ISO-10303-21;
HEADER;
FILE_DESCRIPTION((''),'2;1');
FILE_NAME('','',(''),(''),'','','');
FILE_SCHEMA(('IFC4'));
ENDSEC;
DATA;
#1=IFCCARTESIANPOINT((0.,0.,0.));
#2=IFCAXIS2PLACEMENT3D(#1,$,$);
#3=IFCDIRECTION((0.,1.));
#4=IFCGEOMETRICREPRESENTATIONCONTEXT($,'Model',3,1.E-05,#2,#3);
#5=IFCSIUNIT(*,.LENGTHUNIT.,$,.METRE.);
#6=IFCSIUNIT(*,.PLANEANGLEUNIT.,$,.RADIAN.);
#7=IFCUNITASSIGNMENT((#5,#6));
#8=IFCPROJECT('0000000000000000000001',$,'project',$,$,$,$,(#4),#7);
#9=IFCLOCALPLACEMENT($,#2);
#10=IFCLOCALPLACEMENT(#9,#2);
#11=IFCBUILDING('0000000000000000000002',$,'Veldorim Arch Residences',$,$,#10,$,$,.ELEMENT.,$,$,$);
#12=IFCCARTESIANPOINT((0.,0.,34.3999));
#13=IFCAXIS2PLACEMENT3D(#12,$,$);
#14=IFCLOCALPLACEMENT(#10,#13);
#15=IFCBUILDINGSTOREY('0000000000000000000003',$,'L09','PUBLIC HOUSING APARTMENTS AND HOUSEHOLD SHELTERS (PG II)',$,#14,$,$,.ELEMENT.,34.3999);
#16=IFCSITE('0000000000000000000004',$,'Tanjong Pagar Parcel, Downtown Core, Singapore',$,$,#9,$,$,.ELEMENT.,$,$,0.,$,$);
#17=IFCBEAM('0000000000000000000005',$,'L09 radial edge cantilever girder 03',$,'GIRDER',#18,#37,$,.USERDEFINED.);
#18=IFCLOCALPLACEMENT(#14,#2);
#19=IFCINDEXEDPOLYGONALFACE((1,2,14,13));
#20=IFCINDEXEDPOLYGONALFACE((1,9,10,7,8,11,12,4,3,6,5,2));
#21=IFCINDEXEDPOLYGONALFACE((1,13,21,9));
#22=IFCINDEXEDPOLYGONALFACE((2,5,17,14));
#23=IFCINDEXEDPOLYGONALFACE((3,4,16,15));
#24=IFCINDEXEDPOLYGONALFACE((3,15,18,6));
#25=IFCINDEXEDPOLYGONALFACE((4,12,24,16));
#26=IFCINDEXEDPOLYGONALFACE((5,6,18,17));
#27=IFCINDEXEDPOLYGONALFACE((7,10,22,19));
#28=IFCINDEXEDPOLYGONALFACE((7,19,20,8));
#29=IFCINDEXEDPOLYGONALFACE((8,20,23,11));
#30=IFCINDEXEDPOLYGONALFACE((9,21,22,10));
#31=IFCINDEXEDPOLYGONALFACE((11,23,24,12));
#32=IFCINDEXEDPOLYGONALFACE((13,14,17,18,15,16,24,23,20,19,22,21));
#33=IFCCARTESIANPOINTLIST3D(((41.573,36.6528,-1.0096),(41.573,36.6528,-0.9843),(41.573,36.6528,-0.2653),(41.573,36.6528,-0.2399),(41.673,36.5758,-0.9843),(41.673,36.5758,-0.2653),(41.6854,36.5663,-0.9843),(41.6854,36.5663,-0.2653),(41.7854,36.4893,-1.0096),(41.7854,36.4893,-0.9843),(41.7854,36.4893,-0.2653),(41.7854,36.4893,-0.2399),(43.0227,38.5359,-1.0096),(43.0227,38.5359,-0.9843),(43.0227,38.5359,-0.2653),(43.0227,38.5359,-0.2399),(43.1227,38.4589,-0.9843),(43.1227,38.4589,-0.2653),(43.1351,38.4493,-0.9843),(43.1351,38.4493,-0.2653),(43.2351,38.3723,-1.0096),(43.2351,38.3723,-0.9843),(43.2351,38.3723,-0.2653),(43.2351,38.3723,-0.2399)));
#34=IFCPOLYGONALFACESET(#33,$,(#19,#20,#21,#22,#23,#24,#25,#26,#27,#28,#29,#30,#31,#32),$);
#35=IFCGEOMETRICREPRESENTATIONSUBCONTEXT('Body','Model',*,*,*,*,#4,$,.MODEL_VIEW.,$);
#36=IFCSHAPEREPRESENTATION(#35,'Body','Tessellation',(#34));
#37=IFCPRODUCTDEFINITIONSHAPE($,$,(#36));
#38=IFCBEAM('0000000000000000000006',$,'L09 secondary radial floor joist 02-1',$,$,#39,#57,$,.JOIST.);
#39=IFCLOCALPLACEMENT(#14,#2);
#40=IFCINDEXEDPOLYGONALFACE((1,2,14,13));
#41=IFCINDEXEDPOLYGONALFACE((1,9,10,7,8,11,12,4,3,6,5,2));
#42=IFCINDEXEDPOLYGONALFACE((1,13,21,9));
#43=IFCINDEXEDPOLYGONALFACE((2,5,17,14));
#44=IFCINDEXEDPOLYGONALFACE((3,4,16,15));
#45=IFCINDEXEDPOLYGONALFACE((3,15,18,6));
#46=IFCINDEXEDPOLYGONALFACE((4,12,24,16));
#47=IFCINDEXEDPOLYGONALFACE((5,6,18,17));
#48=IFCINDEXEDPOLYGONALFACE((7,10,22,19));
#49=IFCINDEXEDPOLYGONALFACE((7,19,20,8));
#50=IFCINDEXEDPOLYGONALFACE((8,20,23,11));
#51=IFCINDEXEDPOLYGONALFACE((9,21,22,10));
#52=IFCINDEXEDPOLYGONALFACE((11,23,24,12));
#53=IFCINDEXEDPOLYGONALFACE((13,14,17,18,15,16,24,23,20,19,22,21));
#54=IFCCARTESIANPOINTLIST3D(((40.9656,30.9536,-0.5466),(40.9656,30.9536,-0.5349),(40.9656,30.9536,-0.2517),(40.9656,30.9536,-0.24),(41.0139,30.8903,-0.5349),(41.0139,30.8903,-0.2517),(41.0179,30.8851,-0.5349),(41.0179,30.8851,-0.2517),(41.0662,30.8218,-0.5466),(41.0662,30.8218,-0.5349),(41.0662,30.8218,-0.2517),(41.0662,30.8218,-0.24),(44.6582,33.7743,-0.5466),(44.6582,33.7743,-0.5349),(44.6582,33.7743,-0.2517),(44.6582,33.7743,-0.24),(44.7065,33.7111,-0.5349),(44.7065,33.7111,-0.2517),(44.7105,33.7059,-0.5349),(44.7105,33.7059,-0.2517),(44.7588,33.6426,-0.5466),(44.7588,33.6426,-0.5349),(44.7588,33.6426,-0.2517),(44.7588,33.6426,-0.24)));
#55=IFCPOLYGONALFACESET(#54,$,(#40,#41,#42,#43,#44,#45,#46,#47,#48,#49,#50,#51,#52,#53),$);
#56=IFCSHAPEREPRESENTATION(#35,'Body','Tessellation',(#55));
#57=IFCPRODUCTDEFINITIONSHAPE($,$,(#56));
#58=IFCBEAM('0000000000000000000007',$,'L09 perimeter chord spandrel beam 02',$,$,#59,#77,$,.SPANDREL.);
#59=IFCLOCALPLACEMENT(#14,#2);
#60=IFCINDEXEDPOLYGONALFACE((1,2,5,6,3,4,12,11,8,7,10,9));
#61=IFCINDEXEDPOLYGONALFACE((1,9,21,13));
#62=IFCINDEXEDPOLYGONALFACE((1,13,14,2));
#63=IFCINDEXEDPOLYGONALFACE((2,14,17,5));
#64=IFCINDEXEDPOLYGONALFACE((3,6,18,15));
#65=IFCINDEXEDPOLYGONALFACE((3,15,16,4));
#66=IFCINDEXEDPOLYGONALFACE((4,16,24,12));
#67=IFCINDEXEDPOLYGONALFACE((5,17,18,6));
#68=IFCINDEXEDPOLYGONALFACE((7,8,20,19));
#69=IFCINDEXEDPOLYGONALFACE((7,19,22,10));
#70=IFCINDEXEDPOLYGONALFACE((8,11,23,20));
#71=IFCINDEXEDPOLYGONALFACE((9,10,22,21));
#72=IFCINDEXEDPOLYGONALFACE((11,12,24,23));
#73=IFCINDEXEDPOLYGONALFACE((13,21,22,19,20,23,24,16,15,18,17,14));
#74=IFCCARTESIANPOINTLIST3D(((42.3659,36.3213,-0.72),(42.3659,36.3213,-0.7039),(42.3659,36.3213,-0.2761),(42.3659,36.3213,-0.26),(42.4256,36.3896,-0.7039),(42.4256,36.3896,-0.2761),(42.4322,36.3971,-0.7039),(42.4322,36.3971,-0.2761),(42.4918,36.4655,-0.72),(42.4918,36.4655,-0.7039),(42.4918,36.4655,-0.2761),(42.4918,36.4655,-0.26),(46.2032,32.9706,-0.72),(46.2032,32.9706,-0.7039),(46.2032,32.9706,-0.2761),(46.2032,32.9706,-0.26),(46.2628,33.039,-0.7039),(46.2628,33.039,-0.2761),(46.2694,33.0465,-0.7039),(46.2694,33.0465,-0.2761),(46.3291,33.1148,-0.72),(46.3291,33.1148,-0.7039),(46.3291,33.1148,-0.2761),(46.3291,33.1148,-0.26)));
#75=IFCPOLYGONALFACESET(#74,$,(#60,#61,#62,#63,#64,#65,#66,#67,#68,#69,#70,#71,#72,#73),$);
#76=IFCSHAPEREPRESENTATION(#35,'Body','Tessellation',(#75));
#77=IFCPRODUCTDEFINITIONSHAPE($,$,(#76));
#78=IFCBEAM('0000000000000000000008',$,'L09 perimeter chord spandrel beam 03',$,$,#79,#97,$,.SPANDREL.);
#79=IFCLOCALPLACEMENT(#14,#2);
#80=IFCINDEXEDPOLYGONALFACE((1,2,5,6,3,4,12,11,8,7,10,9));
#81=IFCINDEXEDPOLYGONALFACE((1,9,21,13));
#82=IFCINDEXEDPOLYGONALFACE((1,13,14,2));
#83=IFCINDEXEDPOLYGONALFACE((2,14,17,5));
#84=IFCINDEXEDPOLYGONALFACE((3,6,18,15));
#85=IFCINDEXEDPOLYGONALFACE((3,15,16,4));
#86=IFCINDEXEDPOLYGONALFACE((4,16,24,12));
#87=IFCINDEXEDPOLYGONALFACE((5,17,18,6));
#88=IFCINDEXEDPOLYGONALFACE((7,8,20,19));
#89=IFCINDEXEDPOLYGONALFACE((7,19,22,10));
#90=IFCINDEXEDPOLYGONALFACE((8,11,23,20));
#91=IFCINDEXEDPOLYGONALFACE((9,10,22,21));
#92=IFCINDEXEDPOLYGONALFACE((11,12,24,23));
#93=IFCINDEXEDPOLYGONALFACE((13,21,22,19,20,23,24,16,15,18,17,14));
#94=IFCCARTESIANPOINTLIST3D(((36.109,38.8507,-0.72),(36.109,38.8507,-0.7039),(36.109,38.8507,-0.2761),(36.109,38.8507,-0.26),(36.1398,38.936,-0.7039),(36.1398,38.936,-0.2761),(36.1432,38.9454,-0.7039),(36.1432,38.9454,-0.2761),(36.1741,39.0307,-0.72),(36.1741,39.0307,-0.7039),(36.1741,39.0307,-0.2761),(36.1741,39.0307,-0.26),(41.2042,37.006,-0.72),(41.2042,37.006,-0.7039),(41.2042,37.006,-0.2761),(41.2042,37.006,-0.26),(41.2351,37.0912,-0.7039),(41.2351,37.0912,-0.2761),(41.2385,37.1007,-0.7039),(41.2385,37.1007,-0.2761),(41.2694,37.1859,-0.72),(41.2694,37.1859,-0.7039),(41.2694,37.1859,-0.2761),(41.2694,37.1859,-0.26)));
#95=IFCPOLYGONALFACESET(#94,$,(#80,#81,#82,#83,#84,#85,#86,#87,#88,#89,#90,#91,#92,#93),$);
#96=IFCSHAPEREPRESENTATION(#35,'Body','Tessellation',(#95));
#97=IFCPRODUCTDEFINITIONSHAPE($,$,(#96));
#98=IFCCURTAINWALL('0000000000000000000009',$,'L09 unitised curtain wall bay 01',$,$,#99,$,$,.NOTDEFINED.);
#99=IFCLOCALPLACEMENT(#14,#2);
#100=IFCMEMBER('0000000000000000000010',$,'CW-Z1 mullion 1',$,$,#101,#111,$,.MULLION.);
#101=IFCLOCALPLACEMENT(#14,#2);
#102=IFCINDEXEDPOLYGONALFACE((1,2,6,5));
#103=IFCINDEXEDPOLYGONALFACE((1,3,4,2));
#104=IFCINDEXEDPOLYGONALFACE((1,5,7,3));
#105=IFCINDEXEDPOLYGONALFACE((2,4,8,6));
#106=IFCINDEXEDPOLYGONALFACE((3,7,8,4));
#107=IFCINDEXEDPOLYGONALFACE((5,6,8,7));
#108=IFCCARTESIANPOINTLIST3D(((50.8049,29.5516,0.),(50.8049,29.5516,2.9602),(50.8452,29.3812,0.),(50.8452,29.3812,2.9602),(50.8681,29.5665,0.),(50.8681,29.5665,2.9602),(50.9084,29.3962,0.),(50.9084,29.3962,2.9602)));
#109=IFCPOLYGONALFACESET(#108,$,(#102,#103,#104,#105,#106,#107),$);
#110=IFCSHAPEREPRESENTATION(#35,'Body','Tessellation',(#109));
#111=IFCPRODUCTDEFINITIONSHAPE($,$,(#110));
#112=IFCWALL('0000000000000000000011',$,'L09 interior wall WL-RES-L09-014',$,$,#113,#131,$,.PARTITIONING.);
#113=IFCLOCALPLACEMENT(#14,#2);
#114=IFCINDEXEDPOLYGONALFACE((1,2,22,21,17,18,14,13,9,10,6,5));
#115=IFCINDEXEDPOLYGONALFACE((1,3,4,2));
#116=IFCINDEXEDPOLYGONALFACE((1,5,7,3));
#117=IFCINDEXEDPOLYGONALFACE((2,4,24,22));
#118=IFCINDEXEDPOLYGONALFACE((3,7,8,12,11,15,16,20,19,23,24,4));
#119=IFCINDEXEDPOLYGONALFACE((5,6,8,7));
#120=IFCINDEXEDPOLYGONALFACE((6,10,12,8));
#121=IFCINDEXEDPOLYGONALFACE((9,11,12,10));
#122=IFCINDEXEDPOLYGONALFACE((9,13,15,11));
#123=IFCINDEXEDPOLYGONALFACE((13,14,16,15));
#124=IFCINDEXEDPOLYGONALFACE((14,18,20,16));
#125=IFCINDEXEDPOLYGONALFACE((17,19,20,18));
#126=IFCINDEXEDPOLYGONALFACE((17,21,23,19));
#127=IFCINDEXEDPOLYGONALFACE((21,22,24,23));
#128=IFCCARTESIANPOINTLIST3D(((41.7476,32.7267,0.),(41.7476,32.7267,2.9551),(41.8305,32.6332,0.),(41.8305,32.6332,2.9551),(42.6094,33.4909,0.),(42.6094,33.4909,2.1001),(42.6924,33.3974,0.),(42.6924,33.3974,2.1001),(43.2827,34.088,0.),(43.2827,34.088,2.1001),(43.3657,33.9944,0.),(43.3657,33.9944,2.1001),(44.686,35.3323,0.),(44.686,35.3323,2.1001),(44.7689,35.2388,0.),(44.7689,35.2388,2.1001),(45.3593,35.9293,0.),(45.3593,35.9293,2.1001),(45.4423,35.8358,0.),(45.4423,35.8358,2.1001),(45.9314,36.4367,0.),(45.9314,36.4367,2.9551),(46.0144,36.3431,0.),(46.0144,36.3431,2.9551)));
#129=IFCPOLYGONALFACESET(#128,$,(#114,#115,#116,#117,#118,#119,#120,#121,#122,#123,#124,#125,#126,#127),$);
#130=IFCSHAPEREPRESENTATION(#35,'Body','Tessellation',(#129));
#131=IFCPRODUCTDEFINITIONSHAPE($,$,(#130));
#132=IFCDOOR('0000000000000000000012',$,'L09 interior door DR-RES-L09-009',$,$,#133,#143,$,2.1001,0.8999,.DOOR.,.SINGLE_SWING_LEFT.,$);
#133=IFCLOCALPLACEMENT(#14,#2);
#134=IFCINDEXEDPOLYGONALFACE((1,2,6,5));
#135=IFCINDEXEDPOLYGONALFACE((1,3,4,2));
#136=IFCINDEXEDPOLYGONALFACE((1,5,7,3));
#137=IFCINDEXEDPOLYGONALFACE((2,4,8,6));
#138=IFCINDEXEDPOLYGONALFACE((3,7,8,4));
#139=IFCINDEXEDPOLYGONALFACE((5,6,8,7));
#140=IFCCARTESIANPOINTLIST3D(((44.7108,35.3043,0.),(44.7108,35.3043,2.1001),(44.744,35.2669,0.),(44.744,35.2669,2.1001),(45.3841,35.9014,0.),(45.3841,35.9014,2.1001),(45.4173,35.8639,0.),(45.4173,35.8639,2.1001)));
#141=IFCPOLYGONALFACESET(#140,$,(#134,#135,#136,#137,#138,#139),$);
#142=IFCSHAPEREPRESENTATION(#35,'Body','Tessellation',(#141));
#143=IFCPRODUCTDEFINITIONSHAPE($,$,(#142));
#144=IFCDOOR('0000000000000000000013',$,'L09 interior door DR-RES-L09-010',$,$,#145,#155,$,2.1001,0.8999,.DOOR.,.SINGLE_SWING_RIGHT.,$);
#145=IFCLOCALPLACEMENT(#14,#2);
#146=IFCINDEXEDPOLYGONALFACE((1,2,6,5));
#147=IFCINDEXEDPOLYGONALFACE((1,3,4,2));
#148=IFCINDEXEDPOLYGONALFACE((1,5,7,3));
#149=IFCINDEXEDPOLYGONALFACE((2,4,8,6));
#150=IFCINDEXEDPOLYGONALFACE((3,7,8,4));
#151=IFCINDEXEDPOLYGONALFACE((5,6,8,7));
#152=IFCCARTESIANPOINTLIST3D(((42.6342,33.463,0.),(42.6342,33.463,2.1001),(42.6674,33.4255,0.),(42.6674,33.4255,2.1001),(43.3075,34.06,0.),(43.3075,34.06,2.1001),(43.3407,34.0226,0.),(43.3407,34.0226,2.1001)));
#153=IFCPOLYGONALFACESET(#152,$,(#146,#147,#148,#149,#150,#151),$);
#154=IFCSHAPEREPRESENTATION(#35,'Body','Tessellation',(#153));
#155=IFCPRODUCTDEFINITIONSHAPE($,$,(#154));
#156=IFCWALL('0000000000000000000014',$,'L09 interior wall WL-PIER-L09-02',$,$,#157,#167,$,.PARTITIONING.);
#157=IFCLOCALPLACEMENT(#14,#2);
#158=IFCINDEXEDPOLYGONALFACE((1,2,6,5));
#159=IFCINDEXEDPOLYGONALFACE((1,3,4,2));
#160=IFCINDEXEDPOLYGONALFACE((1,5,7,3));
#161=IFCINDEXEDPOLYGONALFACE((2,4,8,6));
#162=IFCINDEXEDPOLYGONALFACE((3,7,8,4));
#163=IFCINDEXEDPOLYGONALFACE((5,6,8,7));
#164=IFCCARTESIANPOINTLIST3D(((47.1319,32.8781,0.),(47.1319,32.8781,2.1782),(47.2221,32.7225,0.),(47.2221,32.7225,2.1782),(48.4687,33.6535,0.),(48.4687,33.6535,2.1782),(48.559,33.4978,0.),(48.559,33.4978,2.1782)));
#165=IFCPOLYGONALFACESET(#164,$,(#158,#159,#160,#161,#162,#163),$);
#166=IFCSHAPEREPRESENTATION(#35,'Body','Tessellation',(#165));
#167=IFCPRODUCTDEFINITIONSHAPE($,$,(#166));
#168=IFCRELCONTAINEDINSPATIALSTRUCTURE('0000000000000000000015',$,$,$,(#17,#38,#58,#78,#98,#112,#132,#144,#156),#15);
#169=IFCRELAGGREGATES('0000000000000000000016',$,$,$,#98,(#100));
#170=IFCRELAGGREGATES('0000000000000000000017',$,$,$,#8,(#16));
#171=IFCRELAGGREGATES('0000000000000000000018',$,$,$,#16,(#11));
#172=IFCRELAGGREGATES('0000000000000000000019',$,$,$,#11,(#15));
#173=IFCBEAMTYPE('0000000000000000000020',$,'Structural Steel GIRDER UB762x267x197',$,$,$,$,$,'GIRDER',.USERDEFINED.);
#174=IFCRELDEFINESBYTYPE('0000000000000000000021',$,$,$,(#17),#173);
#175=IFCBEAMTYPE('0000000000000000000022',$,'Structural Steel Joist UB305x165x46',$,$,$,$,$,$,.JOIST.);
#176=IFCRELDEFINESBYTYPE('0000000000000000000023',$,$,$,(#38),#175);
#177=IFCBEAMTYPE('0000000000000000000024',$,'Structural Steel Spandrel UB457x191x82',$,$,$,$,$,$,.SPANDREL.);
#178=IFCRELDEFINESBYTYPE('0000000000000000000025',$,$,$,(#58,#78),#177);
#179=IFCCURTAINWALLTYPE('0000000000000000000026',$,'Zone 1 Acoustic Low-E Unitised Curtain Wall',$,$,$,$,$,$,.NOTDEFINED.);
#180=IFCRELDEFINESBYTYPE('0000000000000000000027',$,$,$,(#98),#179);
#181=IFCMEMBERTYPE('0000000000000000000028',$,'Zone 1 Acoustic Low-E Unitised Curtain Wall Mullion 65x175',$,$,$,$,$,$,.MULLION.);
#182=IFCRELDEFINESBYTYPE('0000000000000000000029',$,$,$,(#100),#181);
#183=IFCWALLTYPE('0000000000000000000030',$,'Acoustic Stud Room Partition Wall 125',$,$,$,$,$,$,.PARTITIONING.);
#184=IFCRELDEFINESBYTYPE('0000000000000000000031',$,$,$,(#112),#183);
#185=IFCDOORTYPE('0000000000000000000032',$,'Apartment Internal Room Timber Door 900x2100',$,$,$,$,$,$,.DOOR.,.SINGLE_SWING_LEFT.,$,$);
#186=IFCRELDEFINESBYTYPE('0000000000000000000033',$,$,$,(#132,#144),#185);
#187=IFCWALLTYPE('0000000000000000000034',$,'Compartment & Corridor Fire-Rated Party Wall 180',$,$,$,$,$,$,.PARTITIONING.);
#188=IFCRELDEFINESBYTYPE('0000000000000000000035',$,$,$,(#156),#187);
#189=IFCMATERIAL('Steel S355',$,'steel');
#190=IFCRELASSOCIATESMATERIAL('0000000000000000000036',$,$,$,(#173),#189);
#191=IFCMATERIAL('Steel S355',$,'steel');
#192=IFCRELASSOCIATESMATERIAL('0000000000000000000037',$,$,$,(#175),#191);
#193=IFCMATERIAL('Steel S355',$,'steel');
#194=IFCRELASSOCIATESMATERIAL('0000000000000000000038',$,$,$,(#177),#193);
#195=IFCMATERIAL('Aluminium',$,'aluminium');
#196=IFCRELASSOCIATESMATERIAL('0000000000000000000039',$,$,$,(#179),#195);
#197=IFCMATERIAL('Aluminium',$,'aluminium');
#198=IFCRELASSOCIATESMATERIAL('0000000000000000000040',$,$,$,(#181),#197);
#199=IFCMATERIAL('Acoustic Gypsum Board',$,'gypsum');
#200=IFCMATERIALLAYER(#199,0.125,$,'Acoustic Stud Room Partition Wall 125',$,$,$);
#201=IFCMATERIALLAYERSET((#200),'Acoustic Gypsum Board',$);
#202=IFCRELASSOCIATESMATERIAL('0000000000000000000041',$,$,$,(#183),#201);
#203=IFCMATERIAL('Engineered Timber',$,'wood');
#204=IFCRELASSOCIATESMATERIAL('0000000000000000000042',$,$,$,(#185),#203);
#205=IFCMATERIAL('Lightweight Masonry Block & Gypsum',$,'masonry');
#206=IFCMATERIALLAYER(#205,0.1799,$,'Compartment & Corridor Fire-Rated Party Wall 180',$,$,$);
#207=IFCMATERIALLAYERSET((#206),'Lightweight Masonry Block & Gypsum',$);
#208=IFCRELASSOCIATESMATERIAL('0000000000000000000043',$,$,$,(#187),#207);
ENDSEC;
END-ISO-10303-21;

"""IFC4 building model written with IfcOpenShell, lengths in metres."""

from ifc_helpers import new_model, si_unit, direction, frame, frame_2d, origin, origin_2d, place, context, subcontext, project, spatial, rectangle, i_section, extrude, material, layer, layer_set, material_profile, profile_set, type_object, element, fill, aggregate, save


model = new_model("IFC4")

# Units and contexts
model_context = context("Model", 3, precision=1e-05, world=origin(), true_north=direction((0.0, 1.0)))
body_context = subcontext(model_context, "Body", "Model", "MODEL_VIEW")
ifc_project = project(units=[si_unit("LENGTHUNIT", "METRE"), si_unit("PLANEANGLEUNIT", "RADIAN")], contexts=[model_context])

# Site, building, storey
site_placement = place(None, origin())
site = spatial("IfcSite", under=ifc_project, at=site_placement, Name="Tanjong Pagar Parcel, Downtown Core, Singapore", CompositionType="ELEMENT", RefElevation=0.0)
building_placement = place(site_placement, origin())
building = spatial("IfcBuilding", under=site, at=building_placement, Name="Veldorim Arch Residences", CompositionType="ELEMENT")
storey_placement = place(building_placement, frame((0.0, 0.0, 34.3999)))
storey = spatial("IfcBuildingStorey", under=building, at=storey_placement, Name="L09", Description="PUBLIC HOUSING APARTMENTS AND HOUSEHOLD SHELTERS (PG II)", CompositionType="ELEMENT", Elevation=34.3999)

# Beams
ifc_material_1 = material(Name="Steel S355", Category="steel")
ifc_material_profile_1 = material_profile(ifc_material_1, i_section(OverallWidth=0.2681, OverallDepth=0.7698, WebThickness=0.0156, FlangeThickness=0.0254, at=origin_2d()), Name="UB762x267x197")
ifc_profile_set_1 = profile_set([ifc_material_profile_1], Name="Steel S355")
beam_type_1 = type_object("IfcBeamType", Name="Structural Steel GIRDER UB762x267x197", ElementType="GIRDER", PredefinedType="USERDEFINED", material=ifc_profile_set_1)
beam_1_placement = place(storey_placement, frame((41.6792, 36.571, -0.6248), z_axis=(0.610028, 0.79238, 0.0), x_axis=(-0.79238, 0.610028, 0.0)))
element("IfcBeam", 1, at=beam_1_placement, inside=storey, type_object=beam_type_1, Name="L09 radial edge cantilever girder 03", ObjectType="GIRDER", PredefinedType="USERDEFINED", context=body_context, shape_type="SweptSolid", body=[
    extrude(i_section(OverallWidth=0.2681, OverallDepth=0.7698, WebThickness=0.0156, FlangeThickness=0.0254, at=origin_2d()), origin(), (0.0, 0.0, 1.0), 2.3765),
])
ifc_material_2 = material(Name="Steel S355", Category="steel")
ifc_material_profile_2 = material_profile(ifc_material_2, i_section(OverallWidth=0.1658, OverallDepth=0.3066, WebThickness=0.0066, FlangeThickness=0.0117, at=origin_2d()), Name="UB305x165x46")
ifc_profile_set_2 = profile_set([ifc_material_profile_2], Name="Steel S355")
beam_type_2 = type_object("IfcBeamType", Name="Structural Steel Joist UB305x165x46", PredefinedType="JOIST", material=ifc_profile_set_2)
beam_2_placement = place(storey_placement, frame((41.0159, 30.8877, -0.3933), z_axis=(0.794666, 0.607046, 0.0), x_axis=(-0.607046, 0.794666, 0.0)))
element("IfcBeam", 2, at=beam_2_placement, inside=storey, type_object=beam_type_2, Name="L09 secondary radial floor joist 02-1", PredefinedType="JOIST", context=body_context, shape_type="SweptSolid", body=[
    extrude(i_section(OverallWidth=0.1658, OverallDepth=0.3066, WebThickness=0.0066, FlangeThickness=0.0117, at=origin_2d()), origin(), (0.0, 0.0, 1.0), 4.6467),
])
ifc_material_3 = material(Name="Steel S355", Category="steel")
ifc_material_profile_3 = material_profile(ifc_material_3, i_section(OverallWidth=0.1914, OverallDepth=0.46, WebThickness=0.01, FlangeThickness=0.0161, at=origin_2d()), Name="UB457x191x82")
ifc_profile_set_3 = profile_set([ifc_material_profile_3], Name="Steel S355")
beam_type_3 = type_object("IfcBeamType", Name="Structural Steel Spandrel UB457x191x82", PredefinedType="SPANDREL", material=ifc_profile_set_3)
beam_3_placement = place(storey_placement, frame((46.2661, 33.0427, -0.49), z_axis=(-0.75325, 0.657734, 0.0), x_axis=(-0.657734, -0.75325, 0.0)))
element("IfcBeam", 3, at=beam_3_placement, inside=storey, type_object=beam_type_3, Name="L09 perimeter chord spandrel beam 02", PredefinedType="SPANDREL", context=body_context, shape_type="SweptSolid", body=[
    extrude(i_section(OverallWidth=0.1914, OverallDepth=0.46, WebThickness=0.01, FlangeThickness=0.0161, at=origin_2d()), origin(), (0.0, 0.0, 1.0), 5.0942),
])
beam_4_placement = place(storey_placement, frame((41.2368, 37.0959, -0.49), z_axis=(-0.940271, 0.340426, 0.0), x_axis=(-0.340426, -0.940271, 0.0)))
element("IfcBeam", 4, at=beam_4_placement, inside=storey, type_object=beam_type_3, Name="L09 perimeter chord spandrel beam 03", PredefinedType="SPANDREL", context=body_context, shape_type="SweptSolid", body=[
    extrude(i_section(OverallWidth=0.1914, OverallDepth=0.46, WebThickness=0.01, FlangeThickness=0.0161, at=origin_2d()), origin(), (0.0, 0.0, 1.0), 5.4189),
])

# Curtain wall, member
ifc_material_4 = material(Name="Aluminium", Category="aluminium")
curtain_wall_type = type_object("IfcCurtainWallType", Name="Zone 1 Acoustic Low-E Unitised Curtain Wall", PredefinedType="NOTDEFINED", material=ifc_material_4)
curtain_wall_placement = place(storey_placement, origin())
curtain_wall = element("IfcCurtainWall", 5, at=curtain_wall_placement, inside=storey, type_object=curtain_wall_type, Name="L09 unitised curtain wall bay 01", PredefinedType="NOTDEFINED")
ifc_material_5 = material(Name="Aluminium", Category="aluminium")
ifc_material_profile_4 = material_profile(ifc_material_5, rectangle(XDim=0.0649, YDim=0.175, at=origin_2d()), Name="ALU_MUL_65x175")
ifc_profile_set_4 = profile_set([ifc_material_profile_4], Name="Aluminium")
member_type = type_object("IfcMemberType", Name="Zone 1 Acoustic Low-E Unitised Curtain Wall Mullion 65x175", PredefinedType="MULLION", material=ifc_profile_set_4)
member_placement = place(storey_placement, frame((50.8567, 29.4739, 0.0), z_axis=(0.0, 0.0, 1.0), x_axis=(0.97313, 0.230257, 0.0)))
member = element("IfcMember", 6, at=member_placement, type_object=member_type, Name="CW-Z1 mullion 1", PredefinedType="MULLION", context=body_context, shape_type="SweptSolid", body=[
    extrude(rectangle(XDim=0.0649, YDim=0.175, at=origin_2d()), origin(), (0.0, 0.0, 1.0), 2.9602),
])
aggregate(curtain_wall, [member])

# Wall, openings, doors
ifc_material_6 = material(Name="Acoustic Gypsum Board", Category="gypsum")
ifc_layer_1 = layer(ifc_material_6, 0.125, Name="Acoustic Stud Room Partition Wall 125")
ifc_layer_set_1 = layer_set([ifc_layer_1], Name="Acoustic Gypsum Board")
wall_type_1 = type_object("IfcWallType", Name="Acoustic Stud Room Partition Wall 125", PredefinedType="PARTITIONING", material=ifc_layer_set_1)
wall_1_placement = place(storey_placement, frame((45.9729, 36.3899, 0.0), z_axis=(0.0, 0.0, 1.0), x_axis=(-0.748209, -0.663464, 0.0)))
wall_1 = element("IfcWall", 7, at=wall_1_placement, inside=storey, type_object=wall_type_1, Name="L09 interior wall WL-RES-L09-014", PredefinedType="PARTITIONING", context=body_context, shape_type="SweptSolid", body=[
    extrude(rectangle(XDim=5.5918, YDim=0.125, at=frame_2d((2.7959, 0.0))), origin(), (0.0, 0.0, 1.0), 2.9551),
])
opening_1_placement = place(wall_1_placement, frame((0.7646, 0.0, 0.0)))
opening_1 = element("IfcOpeningElement", 8, at=opening_1_placement, cuts=wall_1, PredefinedType="OPENING", context=body_context, shape_type="SweptSolid", body=[
    extrude(rectangle(XDim=0.8999, YDim=2.1001, at=frame_2d((0.45, 1.05))), frame((0.0, 0.0725, 0.0), z_axis=(0.0, -1.0, 0.0), x_axis=(1.0, 0.0, 0.0)), (0.0, 0.0, 1.0), 0.145),
])
opening_2_placement = place(wall_1_placement, frame((3.54, 0.0, 0.0)))
opening_2 = element("IfcOpeningElement", 9, at=opening_2_placement, cuts=wall_1, PredefinedType="OPENING", context=body_context, shape_type="SweptSolid", body=[
    extrude(rectangle(XDim=0.8999, YDim=2.1001, at=frame_2d((0.45, 1.05))), frame((0.0, 0.0725, 0.0), z_axis=(0.0, -1.0, 0.0), x_axis=(1.0, 0.0, 0.0)), (0.0, 0.0, 1.0), 0.145),
])
ifc_material_7 = material(Name="Engineered Timber", Category="wood")
door_type_1 = type_object("IfcDoorType", Name="Apartment Internal Room Timber Door 900x2100", OperationType="SINGLE_SWING_LEFT", PredefinedType="DOOR", material=ifc_material_7)
door_1_placement = place(opening_1_placement, origin())
door_1 = element("IfcDoor", 10, at=door_1_placement, inside=storey, type_object=door_type_1, Name="L09 interior door DR-RES-L09-009", OperationType="SINGLE_SWING_LEFT", OverallHeight=2.1001, OverallWidth=0.8999, PredefinedType="DOOR", context=body_context, shape_type="SweptSolid", body=[
    extrude(rectangle(XDim=0.8999, YDim=2.1001, at=frame_2d((0.45, 1.05))), frame((0.0, 0.0249, 0.0), z_axis=(0.0, -1.0, 0.0), x_axis=(1.0, 0.0, 0.0)), (0.0, 0.0, 1.0), 0.05),
])
fill(opening_1, door_1)
door_2_placement = place(opening_2_placement, origin())
door_2 = element("IfcDoor", 11, at=door_2_placement, inside=storey, type_object=door_type_1, Name="L09 interior door DR-RES-L09-010", OperationType="SINGLE_SWING_RIGHT", OverallHeight=2.1001, OverallWidth=0.8999, PredefinedType="DOOR", context=body_context, shape_type="SweptSolid", body=[
    extrude(rectangle(XDim=0.8999, YDim=2.1001, at=frame_2d((0.45, 1.05))), frame((0.0, 0.0249, 0.0), z_axis=(0.0, -1.0, 0.0), x_axis=(1.0, 0.0, 0.0)), (0.0, 0.0, 1.0), 0.05),
])
fill(opening_2, door_2)

# Wall
ifc_material_8 = material(Name="Lightweight Masonry Block & Gypsum", Category="masonry")
ifc_layer_2 = layer(ifc_material_8, 0.1799, Name="Compartment & Corridor Fire-Rated Party Wall 180")
ifc_layer_set_2 = layer_set([ifc_layer_2], Name="Lightweight Masonry Block & Gypsum")
wall_type_2 = type_object("IfcWallType", Name="Compartment & Corridor Fire-Rated Party Wall 180", PredefinedType="PARTITIONING", material=ifc_layer_set_2)
wall_2_placement = place(storey_placement, frame((47.177, 32.8003, 0.0), z_axis=(0.0, 0.0, 1.0), x_axis=(0.865037, 0.501709, 0.0)))
element("IfcWall", 12, at=wall_2_placement, inside=storey, type_object=wall_type_2, Name="L09 interior wall WL-PIER-L09-02", PredefinedType="PARTITIONING", context=body_context, shape_type="SweptSolid", body=[
    extrude(rectangle(XDim=1.5454, YDim=0.1799, at=frame_2d((0.7727, 0.0))), origin(), (0.0, 0.0, 1.0), 2.1782),
])

save(model, "model.ifc")
